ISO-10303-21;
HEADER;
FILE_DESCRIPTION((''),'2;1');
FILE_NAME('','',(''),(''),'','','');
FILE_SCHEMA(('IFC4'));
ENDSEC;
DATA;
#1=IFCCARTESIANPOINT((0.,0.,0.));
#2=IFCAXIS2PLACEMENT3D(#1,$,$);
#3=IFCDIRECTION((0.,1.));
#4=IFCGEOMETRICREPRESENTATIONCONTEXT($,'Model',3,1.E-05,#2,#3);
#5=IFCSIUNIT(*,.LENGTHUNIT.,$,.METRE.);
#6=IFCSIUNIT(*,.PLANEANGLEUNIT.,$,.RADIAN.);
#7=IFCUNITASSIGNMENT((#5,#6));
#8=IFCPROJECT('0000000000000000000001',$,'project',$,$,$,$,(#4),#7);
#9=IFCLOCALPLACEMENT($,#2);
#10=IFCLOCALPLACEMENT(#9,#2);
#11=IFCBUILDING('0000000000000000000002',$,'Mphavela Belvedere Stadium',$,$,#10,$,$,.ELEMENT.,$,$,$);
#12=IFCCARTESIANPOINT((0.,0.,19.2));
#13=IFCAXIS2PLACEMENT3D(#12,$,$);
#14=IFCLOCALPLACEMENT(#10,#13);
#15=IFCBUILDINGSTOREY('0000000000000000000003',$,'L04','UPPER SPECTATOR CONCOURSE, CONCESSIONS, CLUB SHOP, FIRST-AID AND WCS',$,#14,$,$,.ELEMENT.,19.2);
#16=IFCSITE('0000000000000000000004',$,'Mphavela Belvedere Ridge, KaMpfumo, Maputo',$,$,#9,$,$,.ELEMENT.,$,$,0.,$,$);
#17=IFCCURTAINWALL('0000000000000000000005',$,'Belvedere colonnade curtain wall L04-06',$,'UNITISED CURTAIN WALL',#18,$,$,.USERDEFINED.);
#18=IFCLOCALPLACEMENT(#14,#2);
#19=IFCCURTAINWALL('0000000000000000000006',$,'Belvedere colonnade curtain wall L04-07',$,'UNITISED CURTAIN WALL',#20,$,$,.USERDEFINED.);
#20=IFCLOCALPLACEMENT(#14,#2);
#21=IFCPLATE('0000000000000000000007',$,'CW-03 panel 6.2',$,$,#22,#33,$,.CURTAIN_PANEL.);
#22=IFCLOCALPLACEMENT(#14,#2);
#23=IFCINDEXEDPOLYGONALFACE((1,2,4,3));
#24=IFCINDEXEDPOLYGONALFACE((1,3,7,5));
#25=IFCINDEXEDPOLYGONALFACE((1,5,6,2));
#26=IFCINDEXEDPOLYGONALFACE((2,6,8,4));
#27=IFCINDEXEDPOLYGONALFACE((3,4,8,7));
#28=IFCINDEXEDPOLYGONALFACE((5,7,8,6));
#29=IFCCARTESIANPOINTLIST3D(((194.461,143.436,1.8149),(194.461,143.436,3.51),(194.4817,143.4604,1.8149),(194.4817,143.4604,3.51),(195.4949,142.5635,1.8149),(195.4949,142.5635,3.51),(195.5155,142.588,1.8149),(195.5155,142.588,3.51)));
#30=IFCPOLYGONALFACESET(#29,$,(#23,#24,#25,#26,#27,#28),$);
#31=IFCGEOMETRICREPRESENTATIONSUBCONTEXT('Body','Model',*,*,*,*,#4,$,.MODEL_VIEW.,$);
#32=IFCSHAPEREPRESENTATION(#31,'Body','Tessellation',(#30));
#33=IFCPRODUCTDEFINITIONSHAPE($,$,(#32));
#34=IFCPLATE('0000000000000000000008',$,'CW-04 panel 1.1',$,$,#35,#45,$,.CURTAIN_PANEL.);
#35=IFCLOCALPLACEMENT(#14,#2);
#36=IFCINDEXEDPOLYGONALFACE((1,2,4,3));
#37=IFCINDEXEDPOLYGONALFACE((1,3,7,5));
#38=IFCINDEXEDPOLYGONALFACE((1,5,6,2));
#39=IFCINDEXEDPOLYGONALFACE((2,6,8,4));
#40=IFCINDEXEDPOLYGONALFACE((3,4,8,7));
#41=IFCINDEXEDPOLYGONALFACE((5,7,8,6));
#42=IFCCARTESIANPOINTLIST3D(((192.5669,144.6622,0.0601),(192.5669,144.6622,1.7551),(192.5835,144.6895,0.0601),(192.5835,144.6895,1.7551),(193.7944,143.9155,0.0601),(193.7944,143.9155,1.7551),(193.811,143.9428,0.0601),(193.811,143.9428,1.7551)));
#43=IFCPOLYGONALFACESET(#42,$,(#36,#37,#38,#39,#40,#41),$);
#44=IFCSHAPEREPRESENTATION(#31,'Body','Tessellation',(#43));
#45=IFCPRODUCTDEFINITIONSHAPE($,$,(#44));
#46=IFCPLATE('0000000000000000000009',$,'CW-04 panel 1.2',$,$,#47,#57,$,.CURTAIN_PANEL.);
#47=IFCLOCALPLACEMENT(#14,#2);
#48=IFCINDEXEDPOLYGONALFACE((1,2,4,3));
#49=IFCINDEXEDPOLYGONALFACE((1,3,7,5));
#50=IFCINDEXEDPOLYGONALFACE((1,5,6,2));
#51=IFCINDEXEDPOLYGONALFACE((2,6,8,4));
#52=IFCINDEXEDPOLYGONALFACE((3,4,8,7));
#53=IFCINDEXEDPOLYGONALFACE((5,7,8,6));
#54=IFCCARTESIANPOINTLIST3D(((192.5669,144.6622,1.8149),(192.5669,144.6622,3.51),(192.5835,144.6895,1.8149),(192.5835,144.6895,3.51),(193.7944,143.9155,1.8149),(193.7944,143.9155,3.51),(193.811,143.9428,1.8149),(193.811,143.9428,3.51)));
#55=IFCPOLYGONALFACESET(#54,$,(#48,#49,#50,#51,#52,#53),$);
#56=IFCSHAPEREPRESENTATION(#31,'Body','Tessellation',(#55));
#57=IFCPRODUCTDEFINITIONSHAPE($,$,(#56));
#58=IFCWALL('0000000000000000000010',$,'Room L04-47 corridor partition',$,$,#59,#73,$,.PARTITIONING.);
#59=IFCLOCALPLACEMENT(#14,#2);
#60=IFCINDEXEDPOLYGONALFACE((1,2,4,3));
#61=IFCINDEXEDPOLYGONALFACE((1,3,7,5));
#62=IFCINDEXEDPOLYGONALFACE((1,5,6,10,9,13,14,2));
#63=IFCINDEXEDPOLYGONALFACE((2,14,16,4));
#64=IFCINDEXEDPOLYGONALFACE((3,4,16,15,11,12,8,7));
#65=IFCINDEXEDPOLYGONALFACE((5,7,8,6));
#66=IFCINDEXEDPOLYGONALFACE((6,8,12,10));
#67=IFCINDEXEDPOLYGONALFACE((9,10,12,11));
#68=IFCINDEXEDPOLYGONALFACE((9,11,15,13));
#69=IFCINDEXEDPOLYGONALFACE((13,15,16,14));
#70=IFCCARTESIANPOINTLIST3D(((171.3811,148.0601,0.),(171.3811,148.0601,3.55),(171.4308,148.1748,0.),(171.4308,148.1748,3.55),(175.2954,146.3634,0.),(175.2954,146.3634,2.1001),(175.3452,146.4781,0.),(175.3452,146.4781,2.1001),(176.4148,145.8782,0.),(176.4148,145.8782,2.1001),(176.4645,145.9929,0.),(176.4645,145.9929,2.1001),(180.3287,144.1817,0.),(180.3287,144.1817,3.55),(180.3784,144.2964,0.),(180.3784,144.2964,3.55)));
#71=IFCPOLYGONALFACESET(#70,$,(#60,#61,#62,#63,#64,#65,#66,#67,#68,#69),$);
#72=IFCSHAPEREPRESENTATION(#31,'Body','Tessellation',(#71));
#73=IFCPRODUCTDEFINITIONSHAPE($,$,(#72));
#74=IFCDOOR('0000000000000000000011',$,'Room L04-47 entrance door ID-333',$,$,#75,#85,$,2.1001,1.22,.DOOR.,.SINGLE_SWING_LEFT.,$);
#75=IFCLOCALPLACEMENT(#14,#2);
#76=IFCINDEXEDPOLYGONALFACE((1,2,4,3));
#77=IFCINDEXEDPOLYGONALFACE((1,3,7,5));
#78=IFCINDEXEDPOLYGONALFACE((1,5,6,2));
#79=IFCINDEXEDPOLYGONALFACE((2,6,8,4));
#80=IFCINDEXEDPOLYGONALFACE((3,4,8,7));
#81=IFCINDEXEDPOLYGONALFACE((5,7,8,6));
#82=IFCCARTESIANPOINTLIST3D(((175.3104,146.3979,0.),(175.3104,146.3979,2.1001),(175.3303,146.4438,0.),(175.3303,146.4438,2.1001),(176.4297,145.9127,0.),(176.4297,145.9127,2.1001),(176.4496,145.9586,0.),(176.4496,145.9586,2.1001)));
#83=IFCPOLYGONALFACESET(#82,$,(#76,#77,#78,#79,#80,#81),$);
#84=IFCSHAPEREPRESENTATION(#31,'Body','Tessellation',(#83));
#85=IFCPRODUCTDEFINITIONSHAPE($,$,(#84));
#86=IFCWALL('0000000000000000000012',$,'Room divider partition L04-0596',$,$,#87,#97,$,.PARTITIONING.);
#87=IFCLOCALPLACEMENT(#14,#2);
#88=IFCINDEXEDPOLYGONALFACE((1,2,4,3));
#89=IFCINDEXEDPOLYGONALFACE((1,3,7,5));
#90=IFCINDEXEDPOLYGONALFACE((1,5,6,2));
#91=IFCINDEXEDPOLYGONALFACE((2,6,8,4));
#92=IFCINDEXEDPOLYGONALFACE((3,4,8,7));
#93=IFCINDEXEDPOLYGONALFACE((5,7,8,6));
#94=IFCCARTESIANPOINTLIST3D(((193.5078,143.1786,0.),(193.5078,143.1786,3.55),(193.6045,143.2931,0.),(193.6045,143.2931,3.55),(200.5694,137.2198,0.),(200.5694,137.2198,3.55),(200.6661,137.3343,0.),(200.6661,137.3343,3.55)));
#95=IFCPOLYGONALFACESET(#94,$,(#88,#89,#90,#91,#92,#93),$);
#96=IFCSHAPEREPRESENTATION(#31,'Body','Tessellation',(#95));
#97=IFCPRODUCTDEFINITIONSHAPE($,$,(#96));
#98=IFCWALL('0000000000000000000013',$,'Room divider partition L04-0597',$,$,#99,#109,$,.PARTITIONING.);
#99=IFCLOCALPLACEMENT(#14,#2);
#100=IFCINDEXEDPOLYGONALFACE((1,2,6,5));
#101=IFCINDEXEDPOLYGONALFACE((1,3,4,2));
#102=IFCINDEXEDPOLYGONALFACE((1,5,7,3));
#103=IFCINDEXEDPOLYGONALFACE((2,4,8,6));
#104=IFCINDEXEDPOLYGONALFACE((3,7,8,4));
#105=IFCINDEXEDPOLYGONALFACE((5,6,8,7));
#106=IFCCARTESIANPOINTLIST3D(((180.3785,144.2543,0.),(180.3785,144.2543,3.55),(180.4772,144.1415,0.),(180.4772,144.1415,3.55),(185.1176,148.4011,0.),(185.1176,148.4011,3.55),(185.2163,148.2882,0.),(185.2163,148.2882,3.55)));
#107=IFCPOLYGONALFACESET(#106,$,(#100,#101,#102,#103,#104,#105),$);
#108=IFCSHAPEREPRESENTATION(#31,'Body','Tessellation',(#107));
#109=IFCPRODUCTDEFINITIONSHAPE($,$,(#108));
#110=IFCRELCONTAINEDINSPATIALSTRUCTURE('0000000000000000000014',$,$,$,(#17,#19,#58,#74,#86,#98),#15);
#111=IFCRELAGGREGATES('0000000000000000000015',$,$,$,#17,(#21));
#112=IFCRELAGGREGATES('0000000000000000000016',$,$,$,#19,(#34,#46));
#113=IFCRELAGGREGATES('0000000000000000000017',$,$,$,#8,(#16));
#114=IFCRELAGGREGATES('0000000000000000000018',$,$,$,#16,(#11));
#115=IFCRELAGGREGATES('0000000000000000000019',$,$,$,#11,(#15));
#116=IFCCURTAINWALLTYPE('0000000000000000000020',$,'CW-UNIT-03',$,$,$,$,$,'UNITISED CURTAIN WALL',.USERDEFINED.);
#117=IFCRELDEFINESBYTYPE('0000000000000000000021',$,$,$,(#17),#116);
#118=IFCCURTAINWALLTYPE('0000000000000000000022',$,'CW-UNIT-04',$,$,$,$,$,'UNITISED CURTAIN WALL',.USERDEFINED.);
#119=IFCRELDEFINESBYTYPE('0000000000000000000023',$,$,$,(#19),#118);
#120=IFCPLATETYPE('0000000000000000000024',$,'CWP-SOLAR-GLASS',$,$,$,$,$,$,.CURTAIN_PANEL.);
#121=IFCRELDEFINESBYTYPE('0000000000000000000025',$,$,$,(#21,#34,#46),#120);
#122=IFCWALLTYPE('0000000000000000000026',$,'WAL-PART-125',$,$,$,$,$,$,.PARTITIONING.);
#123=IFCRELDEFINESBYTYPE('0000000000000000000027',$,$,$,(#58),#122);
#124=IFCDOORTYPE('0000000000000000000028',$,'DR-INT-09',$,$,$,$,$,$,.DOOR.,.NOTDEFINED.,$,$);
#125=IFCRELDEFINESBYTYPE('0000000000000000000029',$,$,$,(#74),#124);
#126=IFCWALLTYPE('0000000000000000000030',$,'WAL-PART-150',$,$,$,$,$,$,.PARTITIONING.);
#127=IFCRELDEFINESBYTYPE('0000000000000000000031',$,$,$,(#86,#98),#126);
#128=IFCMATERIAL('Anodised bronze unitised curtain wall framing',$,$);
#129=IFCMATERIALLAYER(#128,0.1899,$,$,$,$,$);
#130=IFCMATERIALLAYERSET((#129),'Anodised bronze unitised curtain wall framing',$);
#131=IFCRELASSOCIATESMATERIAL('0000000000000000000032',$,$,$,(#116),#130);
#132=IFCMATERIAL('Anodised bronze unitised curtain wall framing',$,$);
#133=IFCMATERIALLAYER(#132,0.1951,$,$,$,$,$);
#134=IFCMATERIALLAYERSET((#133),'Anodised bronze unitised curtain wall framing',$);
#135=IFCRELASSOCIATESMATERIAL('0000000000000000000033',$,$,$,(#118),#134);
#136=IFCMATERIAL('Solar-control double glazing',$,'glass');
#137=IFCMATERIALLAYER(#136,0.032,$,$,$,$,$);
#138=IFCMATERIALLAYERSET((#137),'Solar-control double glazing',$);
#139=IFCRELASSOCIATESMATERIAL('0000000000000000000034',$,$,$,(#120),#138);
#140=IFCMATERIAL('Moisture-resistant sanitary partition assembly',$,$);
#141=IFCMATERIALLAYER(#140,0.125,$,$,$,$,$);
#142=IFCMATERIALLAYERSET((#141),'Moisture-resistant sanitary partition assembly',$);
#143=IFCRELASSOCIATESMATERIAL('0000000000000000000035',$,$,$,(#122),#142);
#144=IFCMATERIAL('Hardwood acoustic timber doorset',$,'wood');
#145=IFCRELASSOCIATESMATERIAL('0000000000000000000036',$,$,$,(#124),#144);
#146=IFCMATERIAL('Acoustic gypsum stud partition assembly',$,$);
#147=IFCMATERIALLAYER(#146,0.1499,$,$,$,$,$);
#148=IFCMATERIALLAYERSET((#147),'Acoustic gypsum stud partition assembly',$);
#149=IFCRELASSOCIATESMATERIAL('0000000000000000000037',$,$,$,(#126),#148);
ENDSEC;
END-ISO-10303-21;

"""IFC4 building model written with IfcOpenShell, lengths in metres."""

from ifc_helpers import new_model, si_unit, direction, frame, frame_2d, origin, origin_2d, place, context, subcontext, project, spatial, rectangle, extrude, material, layer, layer_set, type_object, element, fill, aggregate, save


model = new_model("IFC4")

# Units and contexts
model_context = context("Model", 3, precision=1e-05, world=origin(), true_north=direction((0.0, 1.0)))
body_context = subcontext(model_context, "Body", "Model", "MODEL_VIEW")
ifc_project = project(units=[si_unit("LENGTHUNIT", "METRE"), si_unit("PLANEANGLEUNIT", "RADIAN")], contexts=[model_context])

# Site, building, storey
site_placement = place(None, origin())
site = spatial("IfcSite", under=ifc_project, at=site_placement, Name="Mphavela Belvedere Ridge, KaMpfumo, Maputo", CompositionType="ELEMENT", RefElevation=0.0)
building_placement = place(site_placement, origin())
building = spatial("IfcBuilding", under=site, at=building_placement, Name="Mphavela Belvedere Stadium", CompositionType="ELEMENT")
storey_placement = place(building_placement, frame((0.0, 0.0, 19.2)))
storey = spatial("IfcBuildingStorey", under=building, at=storey_placement, Name="L04", Description="UPPER SPECTATOR CONCOURSE, CONCESSIONS, CLUB SHOP, FIRST-AID AND WCS", CompositionType="ELEMENT", Elevation=19.2)

# Curtain wall
ifc_material_1 = material(Name="Anodised bronze unitised curtain wall framing")
ifc_layer_1 = layer(ifc_material_1, 0.1899)
ifc_layer_set_1 = layer_set([ifc_layer_1], Name="Anodised bronze unitised curtain wall framing")
curtain_wall_type_1 = type_object("IfcCurtainWallType", Name="CW-UNIT-03", ElementType="UNITISED CURTAIN WALL", PredefinedType="USERDEFINED", material=ifc_layer_set_1)
curtain_wall_1_placement = place(storey_placement, origin())
curtain_wall_1 = element("IfcCurtainWall", 1, at=curtain_wall_1_placement, inside=storey, type_object=curtain_wall_type_1, Name="Belvedere colonnade curtain wall L04-06", ObjectType="UNITISED CURTAIN WALL", PredefinedType="USERDEFINED")

# Curtain wall
ifc_material_2 = material(Name="Anodised bronze unitised curtain wall framing")
ifc_layer_2 = layer(ifc_material_2, 0.1951)
ifc_layer_set_2 = layer_set([ifc_layer_2], Name="Anodised bronze unitised curtain wall framing")
curtain_wall_type_2 = type_object("IfcCurtainWallType", Name="CW-UNIT-04", ElementType="UNITISED CURTAIN WALL", PredefinedType="USERDEFINED", material=ifc_layer_set_2)
curtain_wall_2_placement = place(storey_placement, origin())
curtain_wall_2 = element("IfcCurtainWall", 2, at=curtain_wall_2_placement, inside=storey, type_object=curtain_wall_type_2, Name="Belvedere colonnade curtain wall L04-07", ObjectType="UNITISED CURTAIN WALL", PredefinedType="USERDEFINED")

# Plates
ifc_material_3 = material(Name="Solar-control double glazing", Category="glass")
ifc_layer_3 = layer(ifc_material_3, 0.032)
ifc_layer_set_3 = layer_set([ifc_layer_3], Name="Solar-control double glazing")
plate_type = type_object("IfcPlateType", Name="CWP-SOLAR-GLASS", PredefinedType="CURTAIN_PANEL", material=ifc_layer_set_3)
plate_1_placement = place(storey_placement, frame((194.9883, 143.012, 1.8149), z_axis=(0.0, 0.0, 1.0), x_axis=(-0.764253, 0.644916, 0.0)))
plate_1 = element("IfcPlate", 3, at=plate_1_placement, type_object=plate_type, Name="CW-03 panel 6.2", PredefinedType="CURTAIN_PANEL", context=body_context, shape_type="SweptSolid", body=[
    extrude(rectangle(XDim=1.3528, YDim=0.032, at=origin_2d()), origin(), (0.0, 0.0, 1.0), 1.6951),
])
aggregate(curtain_wall_1, [plate_1])
plate_2_placement = place(storey_placement, frame((193.189, 144.3025, 0.0601), z_axis=(0.0, 0.0, 1.0), x_axis=(-0.854327, 0.519735, 0.0)))
plate_2 = element("IfcPlate", 4, at=plate_2_placement, type_object=plate_type, Name="CW-04 panel 1.1", PredefinedType="CURTAIN_PANEL", context=body_context, shape_type="SweptSolid", body=[
    extrude(rectangle(XDim=1.4368, YDim=0.032, at=origin_2d()), origin(), (0.0, 0.0, 1.0), 1.6951),
])
plate_3_placement = place(storey_placement, frame((193.189, 144.3025, 1.8149), z_axis=(0.0, 0.0, 1.0), x_axis=(-0.854327, 0.519735, 0.0)))
plate_3 = element("IfcPlate", 5, at=plate_3_placement, type_object=plate_type, Name="CW-04 panel 1.2", PredefinedType="CURTAIN_PANEL", context=body_context, shape_type="SweptSolid", body=[
    extrude(rectangle(XDim=1.4368, YDim=0.032, at=origin_2d()), origin(), (0.0, 0.0, 1.0), 1.6951),
])
aggregate(curtain_wall_2, [plate_2, plate_3])

# Wall, opening, door
ifc_material_4 = material(Name="Moisture-resistant sanitary partition assembly")
ifc_layer_4 = layer(ifc_material_4, 0.125)
ifc_layer_set_4 = layer_set([ifc_layer_4], Name="Moisture-resistant sanitary partition assembly")
wall_type_1 = type_object("IfcWallType", Name="WAL-PART-125", PredefinedType="PARTITIONING", material=ifc_layer_set_4)
wall_1_placement = place(storey_placement, frame((180.3535, 144.239, 0.0), z_axis=(0.0, 0.0, 1.0), x_axis=(-0.917512, 0.397708, 0.0)))
wall_1 = element("IfcWall", 6, at=wall_1_placement, inside=storey, type_object=wall_type_1, Name="Room L04-47 corridor partition", PredefinedType="PARTITIONING", context=body_context, shape_type="SweptSolid", body=[
    extrude(rectangle(XDim=9.752, YDim=0.125, at=frame_2d((4.876, 0.0))), origin(), (0.0, 0.0, 1.0), 3.55),
])
opening_placement = place(wall_1_placement, frame((4.2659, 0.0, 0.0)))
opening = element("IfcOpeningElement", 7, at=opening_placement, cuts=wall_1, PredefinedType="OPENING", context=body_context, shape_type="SweptSolid", body=[
    extrude(rectangle(XDim=1.22, YDim=2.1001, at=frame_2d((0.6099, 1.05))), frame((0.0, 0.0725, 0.0), z_axis=(0.0, -1.0, 0.0), x_axis=(1.0, 0.0, 0.0)), (0.0, 0.0, 1.0), 0.145),
])
ifc_material_5 = material(Name="Hardwood acoustic timber doorset", Category="wood")
door_type = type_object("IfcDoorType", Name="DR-INT-09", OperationType="NOTDEFINED", PredefinedType="DOOR", material=ifc_material_5)
door_placement = place(opening_placement, origin())
door = element("IfcDoor", 8, at=door_placement, inside=storey, type_object=door_type, Name="Room L04-47 entrance door ID-333", OperationType="SINGLE_SWING_LEFT", OverallHeight=2.1001, OverallWidth=1.22, PredefinedType="DOOR", context=body_context, shape_type="SweptSolid", body=[
    extrude(rectangle(XDim=1.22, YDim=2.1001, at=frame_2d((0.6099, 1.05))), frame((0.0, 0.0249, 0.0), z_axis=(0.0, -1.0, 0.0), x_axis=(1.0, 0.0, 0.0)), (0.0, 0.0, 1.0), 0.05),
])
fill(opening, door)

# Walls
ifc_material_6 = material(Name="Acoustic gypsum stud partition assembly")
ifc_layer_5 = layer(ifc_material_6, 0.1499)
ifc_layer_set_5 = layer_set([ifc_layer_5], Name="Acoustic gypsum stud partition assembly")
wall_type_2 = type_object("IfcWallType", Name="WAL-PART-150", PredefinedType="PARTITIONING", material=ifc_layer_set_5)
wall_2_placement = place(storey_placement, frame((193.5562, 143.2358, 0.0), z_axis=(0.0, 0.0, 1.0), x_axis=(0.764261, -0.644908, 0.0)))
element("IfcWall", 9, at=wall_2_placement, inside=storey, type_object=wall_type_2, Name="Room divider partition L04-0596", PredefinedType="PARTITIONING", context=body_context, shape_type="SweptSolid", body=[
    extrude(rectangle(XDim=9.2397, YDim=0.1499, at=frame_2d((4.6199, 0.0))), origin(), (0.0, 0.0, 1.0), 3.55),
])
wall_3_placement = place(storey_placement, frame((180.428, 144.198, 0.0), z_axis=(0.0, 0.0, 1.0), x_axis=(0.752569, 0.658513, 0.0)))
element("IfcWall", 10, at=wall_3_placement, inside=storey, type_object=wall_type_2, Name="Room divider partition L04-0597", PredefinedType="PARTITIONING", context=body_context, shape_type="SweptSolid", body=[
    extrude(rectangle(XDim=6.2971, YDim=0.1499, at=frame_2d((3.1484, 0.0))), origin(), (0.0, 0.0, 1.0), 3.55),
])

save(model, "model.ifc")
